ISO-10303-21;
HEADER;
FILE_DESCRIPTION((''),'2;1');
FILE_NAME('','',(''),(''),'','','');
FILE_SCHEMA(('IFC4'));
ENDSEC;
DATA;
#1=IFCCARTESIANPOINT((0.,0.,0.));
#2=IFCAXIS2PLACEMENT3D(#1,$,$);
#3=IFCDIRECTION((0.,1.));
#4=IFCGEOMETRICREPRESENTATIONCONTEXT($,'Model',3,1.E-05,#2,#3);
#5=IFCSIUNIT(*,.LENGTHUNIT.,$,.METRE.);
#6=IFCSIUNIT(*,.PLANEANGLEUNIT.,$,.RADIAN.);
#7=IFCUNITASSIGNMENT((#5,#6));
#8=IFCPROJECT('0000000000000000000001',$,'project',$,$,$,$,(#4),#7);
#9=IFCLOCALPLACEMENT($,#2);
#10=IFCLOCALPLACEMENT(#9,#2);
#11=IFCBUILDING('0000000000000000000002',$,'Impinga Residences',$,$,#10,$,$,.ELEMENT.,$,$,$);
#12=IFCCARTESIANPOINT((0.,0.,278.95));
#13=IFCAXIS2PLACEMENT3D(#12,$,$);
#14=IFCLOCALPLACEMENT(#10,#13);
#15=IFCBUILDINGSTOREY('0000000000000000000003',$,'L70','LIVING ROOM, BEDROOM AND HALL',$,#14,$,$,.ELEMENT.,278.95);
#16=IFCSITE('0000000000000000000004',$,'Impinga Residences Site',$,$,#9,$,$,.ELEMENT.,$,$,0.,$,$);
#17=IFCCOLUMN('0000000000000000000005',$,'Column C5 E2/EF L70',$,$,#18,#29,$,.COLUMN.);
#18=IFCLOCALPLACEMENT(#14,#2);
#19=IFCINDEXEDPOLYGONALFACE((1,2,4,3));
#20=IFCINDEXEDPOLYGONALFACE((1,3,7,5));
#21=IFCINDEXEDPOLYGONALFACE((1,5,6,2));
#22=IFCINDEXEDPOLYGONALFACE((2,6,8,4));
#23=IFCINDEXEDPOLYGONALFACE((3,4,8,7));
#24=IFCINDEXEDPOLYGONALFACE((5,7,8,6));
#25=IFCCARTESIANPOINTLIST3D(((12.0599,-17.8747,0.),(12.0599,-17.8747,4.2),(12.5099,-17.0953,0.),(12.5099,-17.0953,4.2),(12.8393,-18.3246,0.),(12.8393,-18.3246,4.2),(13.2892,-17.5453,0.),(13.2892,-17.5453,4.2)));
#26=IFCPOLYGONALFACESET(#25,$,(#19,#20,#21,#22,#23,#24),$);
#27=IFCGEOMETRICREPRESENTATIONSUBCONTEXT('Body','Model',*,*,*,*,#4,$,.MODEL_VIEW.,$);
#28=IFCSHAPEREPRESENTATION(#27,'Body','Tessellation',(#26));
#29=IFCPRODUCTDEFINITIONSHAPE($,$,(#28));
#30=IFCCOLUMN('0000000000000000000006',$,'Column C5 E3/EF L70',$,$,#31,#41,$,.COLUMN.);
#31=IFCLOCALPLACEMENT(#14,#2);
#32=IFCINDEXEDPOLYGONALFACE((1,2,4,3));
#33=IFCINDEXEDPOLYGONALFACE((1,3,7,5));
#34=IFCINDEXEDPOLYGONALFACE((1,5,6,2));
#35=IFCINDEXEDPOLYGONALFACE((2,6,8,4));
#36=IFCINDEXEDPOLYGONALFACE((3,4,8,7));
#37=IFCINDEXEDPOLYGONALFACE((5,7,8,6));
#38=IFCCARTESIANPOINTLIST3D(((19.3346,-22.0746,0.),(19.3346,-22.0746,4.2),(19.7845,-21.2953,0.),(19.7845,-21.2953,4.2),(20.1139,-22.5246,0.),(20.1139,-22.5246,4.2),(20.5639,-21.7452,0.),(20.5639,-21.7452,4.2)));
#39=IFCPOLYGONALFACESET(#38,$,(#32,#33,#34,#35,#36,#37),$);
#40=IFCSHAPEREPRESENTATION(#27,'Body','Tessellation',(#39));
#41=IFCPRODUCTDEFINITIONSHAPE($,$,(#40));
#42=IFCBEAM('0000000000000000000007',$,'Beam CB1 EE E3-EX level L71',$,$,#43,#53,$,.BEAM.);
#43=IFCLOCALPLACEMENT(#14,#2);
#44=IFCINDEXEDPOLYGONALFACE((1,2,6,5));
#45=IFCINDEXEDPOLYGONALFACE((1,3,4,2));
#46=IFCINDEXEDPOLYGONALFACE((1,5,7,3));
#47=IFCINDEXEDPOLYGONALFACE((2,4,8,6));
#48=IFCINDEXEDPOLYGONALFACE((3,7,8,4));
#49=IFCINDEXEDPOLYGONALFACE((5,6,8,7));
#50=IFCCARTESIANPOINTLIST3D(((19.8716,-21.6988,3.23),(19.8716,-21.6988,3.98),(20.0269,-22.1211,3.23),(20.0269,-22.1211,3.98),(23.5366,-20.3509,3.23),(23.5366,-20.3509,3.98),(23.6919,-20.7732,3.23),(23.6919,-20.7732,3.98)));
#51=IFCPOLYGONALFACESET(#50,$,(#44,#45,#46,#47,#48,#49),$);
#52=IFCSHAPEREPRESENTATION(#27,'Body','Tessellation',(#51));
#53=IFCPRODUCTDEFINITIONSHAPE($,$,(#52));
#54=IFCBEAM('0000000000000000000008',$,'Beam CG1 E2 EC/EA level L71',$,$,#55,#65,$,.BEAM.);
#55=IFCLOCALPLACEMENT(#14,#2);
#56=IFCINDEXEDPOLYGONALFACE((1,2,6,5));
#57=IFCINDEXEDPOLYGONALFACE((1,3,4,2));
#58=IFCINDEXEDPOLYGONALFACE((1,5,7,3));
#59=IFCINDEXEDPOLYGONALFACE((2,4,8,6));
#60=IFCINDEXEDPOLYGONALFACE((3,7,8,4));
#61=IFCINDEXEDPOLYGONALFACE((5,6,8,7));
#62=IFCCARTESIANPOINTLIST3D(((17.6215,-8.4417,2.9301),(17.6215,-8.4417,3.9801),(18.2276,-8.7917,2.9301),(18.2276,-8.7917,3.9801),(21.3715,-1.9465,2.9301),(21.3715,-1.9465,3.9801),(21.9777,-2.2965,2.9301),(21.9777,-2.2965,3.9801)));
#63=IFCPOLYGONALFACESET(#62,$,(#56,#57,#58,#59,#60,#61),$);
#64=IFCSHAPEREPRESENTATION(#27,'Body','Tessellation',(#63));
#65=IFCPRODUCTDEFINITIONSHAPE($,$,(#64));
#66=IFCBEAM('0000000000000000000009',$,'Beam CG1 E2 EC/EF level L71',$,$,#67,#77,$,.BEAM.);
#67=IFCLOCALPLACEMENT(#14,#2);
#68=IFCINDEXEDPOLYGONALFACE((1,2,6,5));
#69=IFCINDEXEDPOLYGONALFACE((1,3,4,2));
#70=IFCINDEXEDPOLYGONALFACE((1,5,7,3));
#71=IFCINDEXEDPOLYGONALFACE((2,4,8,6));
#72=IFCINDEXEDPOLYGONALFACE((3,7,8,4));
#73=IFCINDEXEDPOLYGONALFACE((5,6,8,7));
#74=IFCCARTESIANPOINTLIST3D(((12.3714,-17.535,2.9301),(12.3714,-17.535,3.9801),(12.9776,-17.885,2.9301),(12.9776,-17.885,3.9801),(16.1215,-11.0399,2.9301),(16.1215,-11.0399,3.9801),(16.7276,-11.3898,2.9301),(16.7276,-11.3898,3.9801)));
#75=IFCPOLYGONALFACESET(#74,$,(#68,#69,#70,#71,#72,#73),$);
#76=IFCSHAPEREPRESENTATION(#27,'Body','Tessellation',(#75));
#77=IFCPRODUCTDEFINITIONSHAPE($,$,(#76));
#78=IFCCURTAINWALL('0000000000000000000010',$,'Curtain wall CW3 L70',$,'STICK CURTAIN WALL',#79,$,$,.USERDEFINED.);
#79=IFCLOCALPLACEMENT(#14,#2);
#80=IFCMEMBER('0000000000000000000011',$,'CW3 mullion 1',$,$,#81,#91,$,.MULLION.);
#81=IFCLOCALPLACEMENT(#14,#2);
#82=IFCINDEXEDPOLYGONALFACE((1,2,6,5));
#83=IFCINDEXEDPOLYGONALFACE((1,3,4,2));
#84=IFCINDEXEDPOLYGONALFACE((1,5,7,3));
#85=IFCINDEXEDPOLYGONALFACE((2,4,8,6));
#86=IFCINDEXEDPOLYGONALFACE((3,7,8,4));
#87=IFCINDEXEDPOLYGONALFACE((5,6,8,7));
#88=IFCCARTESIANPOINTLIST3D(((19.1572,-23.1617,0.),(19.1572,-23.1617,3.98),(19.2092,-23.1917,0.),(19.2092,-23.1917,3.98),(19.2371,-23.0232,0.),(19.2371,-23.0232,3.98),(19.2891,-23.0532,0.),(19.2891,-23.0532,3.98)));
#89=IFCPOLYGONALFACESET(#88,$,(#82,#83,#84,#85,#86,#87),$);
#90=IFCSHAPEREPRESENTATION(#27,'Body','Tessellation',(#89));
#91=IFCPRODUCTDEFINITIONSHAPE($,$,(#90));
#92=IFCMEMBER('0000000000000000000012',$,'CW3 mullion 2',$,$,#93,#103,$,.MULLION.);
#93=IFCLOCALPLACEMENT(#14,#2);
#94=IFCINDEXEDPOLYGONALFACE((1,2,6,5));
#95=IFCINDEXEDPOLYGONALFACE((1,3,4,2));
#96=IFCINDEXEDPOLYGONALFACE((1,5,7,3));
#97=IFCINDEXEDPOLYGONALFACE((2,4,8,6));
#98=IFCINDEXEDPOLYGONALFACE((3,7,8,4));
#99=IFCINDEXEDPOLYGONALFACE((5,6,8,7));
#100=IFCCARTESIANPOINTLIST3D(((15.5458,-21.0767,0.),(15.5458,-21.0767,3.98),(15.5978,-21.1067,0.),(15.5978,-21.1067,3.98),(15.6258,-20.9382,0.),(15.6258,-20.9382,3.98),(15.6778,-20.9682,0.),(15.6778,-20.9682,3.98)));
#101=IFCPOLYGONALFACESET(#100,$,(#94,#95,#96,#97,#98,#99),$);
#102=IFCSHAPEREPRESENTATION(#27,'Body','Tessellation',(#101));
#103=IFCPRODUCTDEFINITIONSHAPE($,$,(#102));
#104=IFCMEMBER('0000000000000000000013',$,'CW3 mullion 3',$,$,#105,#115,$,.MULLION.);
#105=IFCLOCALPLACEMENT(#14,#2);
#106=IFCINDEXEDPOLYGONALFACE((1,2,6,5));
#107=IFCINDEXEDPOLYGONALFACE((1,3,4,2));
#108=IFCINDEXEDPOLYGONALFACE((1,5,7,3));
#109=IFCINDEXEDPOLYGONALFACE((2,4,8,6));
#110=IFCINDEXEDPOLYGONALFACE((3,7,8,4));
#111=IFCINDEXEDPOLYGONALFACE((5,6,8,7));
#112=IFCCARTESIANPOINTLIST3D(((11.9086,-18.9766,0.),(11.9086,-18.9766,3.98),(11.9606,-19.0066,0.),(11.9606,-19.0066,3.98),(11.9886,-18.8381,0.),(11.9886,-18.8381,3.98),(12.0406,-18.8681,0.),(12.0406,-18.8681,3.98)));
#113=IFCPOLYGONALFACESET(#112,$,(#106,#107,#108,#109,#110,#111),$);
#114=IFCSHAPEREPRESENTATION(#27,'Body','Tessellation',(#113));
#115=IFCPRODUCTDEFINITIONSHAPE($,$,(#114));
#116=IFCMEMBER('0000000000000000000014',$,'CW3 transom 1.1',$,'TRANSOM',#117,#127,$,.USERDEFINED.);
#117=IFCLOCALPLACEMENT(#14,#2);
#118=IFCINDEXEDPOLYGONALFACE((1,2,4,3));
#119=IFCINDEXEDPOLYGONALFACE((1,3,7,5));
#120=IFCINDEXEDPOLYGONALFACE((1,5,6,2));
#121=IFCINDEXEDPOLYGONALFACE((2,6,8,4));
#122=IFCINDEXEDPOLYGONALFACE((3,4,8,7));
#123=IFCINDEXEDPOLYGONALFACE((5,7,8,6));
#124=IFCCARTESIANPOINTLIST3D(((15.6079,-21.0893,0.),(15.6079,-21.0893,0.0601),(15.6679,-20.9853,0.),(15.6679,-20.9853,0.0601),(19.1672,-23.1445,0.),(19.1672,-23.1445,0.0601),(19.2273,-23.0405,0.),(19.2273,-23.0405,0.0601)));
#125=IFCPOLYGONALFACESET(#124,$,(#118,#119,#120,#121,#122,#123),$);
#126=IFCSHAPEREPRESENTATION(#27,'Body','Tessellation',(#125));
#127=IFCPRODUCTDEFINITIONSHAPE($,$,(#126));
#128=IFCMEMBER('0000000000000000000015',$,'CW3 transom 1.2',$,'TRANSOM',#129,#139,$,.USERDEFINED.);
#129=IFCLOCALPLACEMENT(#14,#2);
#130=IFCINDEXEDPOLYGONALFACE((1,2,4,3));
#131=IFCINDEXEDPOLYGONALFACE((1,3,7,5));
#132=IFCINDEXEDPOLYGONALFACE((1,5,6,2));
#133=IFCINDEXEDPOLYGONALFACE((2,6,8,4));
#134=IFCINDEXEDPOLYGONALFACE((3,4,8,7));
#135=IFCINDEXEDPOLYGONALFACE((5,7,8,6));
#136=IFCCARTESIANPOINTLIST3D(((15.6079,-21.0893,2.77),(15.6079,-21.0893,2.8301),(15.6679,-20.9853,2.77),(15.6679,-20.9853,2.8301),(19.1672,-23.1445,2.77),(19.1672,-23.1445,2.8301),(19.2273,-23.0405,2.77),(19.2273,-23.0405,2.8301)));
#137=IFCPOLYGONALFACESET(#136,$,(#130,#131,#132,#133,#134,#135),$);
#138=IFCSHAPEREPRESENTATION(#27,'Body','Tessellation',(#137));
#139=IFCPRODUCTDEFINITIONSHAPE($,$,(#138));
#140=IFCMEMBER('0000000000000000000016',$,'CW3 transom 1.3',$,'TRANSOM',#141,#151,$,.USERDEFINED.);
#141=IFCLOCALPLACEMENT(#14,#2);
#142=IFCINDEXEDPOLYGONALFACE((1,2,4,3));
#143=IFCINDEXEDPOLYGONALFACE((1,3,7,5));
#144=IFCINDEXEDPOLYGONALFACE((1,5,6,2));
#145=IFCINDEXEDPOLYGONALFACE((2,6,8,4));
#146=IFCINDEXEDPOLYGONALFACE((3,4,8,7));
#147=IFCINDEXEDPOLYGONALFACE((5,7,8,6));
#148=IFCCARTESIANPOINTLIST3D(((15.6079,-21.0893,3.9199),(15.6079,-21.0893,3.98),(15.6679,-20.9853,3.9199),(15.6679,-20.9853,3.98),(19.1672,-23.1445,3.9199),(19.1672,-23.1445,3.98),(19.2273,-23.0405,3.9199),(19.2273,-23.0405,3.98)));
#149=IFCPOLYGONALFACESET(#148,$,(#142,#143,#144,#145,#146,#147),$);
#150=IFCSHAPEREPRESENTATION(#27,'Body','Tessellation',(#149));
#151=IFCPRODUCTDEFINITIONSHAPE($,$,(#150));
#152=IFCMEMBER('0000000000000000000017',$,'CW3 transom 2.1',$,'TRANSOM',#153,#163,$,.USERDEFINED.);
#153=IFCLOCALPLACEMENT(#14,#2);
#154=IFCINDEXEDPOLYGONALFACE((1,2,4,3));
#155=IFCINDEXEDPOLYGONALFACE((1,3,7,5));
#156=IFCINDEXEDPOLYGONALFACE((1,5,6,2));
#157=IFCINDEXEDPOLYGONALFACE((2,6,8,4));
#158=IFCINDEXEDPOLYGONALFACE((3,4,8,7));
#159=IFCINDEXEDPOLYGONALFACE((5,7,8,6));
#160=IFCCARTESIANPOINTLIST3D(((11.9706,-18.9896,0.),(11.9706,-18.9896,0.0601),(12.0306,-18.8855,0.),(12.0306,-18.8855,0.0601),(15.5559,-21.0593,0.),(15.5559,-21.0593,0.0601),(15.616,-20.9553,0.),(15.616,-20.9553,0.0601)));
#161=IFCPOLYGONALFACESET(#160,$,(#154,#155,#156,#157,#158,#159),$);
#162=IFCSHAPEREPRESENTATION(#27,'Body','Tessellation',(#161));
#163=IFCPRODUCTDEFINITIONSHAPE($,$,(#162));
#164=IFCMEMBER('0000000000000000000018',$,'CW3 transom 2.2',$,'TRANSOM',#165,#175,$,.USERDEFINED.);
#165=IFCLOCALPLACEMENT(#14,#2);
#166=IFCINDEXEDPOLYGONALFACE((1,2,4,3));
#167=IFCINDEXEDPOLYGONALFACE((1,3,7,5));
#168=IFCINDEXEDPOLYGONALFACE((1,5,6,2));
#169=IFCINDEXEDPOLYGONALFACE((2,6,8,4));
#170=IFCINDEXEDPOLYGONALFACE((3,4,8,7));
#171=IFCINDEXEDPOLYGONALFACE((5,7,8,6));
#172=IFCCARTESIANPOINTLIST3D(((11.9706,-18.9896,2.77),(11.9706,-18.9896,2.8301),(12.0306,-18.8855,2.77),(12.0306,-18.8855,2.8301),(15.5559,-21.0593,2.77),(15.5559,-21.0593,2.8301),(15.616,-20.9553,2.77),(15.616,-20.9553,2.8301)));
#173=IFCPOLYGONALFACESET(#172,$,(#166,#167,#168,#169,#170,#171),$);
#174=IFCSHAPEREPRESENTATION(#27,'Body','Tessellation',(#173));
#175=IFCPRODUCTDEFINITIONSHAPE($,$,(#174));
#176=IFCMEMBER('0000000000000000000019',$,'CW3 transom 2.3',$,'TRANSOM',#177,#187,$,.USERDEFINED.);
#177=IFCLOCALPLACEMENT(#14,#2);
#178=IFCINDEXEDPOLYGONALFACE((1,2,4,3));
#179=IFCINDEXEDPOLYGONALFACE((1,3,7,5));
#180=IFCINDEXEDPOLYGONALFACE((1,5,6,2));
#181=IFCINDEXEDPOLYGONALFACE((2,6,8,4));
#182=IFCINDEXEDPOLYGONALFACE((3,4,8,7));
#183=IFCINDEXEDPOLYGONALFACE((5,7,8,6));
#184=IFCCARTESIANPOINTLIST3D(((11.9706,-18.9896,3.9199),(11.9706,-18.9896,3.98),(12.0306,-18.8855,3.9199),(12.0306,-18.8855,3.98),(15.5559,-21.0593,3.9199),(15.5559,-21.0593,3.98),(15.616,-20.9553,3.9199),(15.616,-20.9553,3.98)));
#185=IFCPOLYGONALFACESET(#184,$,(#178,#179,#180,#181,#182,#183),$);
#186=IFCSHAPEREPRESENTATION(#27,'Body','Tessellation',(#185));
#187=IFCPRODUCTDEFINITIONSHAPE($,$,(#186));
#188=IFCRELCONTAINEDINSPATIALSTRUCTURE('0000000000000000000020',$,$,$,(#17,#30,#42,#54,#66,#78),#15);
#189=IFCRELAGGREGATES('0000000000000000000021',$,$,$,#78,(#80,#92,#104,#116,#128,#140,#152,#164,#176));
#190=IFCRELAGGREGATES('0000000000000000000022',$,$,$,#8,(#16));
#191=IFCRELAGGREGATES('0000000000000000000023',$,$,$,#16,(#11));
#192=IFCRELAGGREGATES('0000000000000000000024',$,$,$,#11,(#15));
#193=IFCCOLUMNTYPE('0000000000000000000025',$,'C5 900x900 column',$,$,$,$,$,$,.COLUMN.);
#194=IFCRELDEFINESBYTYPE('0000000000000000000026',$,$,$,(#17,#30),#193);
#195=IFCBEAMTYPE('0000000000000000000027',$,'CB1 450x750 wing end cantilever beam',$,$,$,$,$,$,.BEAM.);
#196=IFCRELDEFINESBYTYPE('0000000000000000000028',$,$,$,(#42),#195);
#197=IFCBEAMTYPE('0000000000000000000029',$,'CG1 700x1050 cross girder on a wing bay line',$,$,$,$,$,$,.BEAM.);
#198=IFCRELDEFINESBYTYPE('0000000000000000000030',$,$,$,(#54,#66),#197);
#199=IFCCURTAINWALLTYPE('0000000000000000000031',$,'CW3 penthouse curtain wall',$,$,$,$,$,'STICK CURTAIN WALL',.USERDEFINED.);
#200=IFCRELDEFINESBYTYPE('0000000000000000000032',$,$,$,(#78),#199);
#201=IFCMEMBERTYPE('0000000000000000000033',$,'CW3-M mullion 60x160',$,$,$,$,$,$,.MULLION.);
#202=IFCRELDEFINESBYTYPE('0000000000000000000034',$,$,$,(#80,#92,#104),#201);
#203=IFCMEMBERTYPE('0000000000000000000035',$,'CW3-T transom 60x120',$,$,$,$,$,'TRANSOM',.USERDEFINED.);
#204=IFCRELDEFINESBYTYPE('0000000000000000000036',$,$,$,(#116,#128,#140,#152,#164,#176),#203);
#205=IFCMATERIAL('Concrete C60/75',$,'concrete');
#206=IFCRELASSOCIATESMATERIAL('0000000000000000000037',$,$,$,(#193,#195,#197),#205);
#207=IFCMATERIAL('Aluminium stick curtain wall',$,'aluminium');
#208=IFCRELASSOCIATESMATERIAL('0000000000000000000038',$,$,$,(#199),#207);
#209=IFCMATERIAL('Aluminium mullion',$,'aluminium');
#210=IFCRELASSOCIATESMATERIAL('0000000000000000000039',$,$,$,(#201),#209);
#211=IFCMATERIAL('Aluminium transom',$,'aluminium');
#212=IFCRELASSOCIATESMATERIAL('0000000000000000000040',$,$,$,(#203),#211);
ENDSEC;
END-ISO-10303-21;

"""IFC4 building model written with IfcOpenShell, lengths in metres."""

from ifc_helpers import new_model, si_unit, direction, frame, origin, origin_2d, place, context, subcontext, project, spatial, rectangle, extrude, material, material_profile, profile_set, type_object, element, aggregate, save


model = new_model("IFC4")

# Units and contexts
model_context = context("Model", 3, precision=1e-05, world=origin(), true_north=direction((0.0, 1.0)))
body_context = subcontext(model_context, "Body", "Model", "MODEL_VIEW")
ifc_project = project(units=[si_unit("LENGTHUNIT", "METRE"), si_unit("PLANEANGLEUNIT", "RADIAN")], contexts=[model_context])

# Site, building, storey
site_placement = place(None, origin())
site = spatial("IfcSite", under=ifc_project, at=site_placement, Name="Impinga Residences Site", CompositionType="ELEMENT", RefElevation=0.0)
building_placement = place(site_placement, origin())
building = spatial("IfcBuilding", under=site, at=building_placement, Name="Impinga Residences", CompositionType="ELEMENT")
storey_placement = place(building_placement, frame((0.0, 0.0, 278.95)))
storey = spatial("IfcBuildingStorey", under=building, at=storey_placement, Name="L70", Description="LIVING ROOM, BEDROOM AND HALL", CompositionType="ELEMENT", Elevation=278.95)

# Columns
ifc_material_1 = material(Name="Concrete C60/75", Category="concrete")
ifc_material_profile_1 = material_profile(ifc_material_1, rectangle(XDim=0.8999, YDim=0.8999, at=origin_2d()), Name="RC 900x900")
ifc_profile_set_1 = profile_set([ifc_material_profile_1], Name="Concrete C60/75")
column_type = type_object("IfcColumnType", Name="C5 900x900 column", PredefinedType="COLUMN", material=ifc_profile_set_1)
for number, where, z_axis, x_axis, name in (
    (1, (12.6746, -17.71, 0.0), (0.0, 0.0, 1.0), (-0.5, -0.866025, 0.0), "Column C5 E2/EF L70"),
    (2, (19.9492, -21.9099, 0.0), (0.0, 0.0, 1.0), (-0.5, -0.866025, 0.0), "Column C5 E3/EF L70"),
):
    element("IfcColumn", number, at=place(storey_placement, frame(where, z_axis=z_axis, x_axis=x_axis)), inside=storey, type_object=column_type, Name=name, PredefinedType="COLUMN", context=body_context, shape_type="SweptSolid", body=[
        extrude(rectangle(XDim=0.8999, YDim=0.8999, at=origin_2d()), origin(), (0.0, 0.0, 1.0), 4.2),
    ])

# Beams
ifc_material_profile_2 = material_profile(ifc_material_1, rectangle(XDim=0.45, YDim=0.75, at=origin_2d()), Name="RC 450x750")
ifc_profile_set_2 = profile_set([ifc_material_profile_2], Name="Concrete C60/75")
beam_type_1 = type_object("IfcBeamType", Name="CB1 450x750 wing end cantilever beam", PredefinedType="BEAM", material=ifc_profile_set_2)
beam_1_placement = place(storey_placement, frame((19.9492, -21.9099, 3.605), z_axis=(0.93854, 0.345169, 0.0), x_axis=(-0.345169, 0.93854, 0.0)))
element("IfcBeam", 3, at=beam_1_placement, inside=storey, type_object=beam_type_1, Name="Beam CB1 EE E3-EX level L71", PredefinedType="BEAM", context=body_context, shape_type="SweptSolid", body=[
    extrude(rectangle(XDim=0.45, YDim=0.75, at=origin_2d()), origin(), (0.0, 0.0, 1.0), 3.905),
])
ifc_material_profile_3 = material_profile(ifc_material_1, rectangle(XDim=0.7, YDim=1.05, at=origin_2d()), Name="RC 700x1050")
ifc_profile_set_3 = profile_set([ifc_material_profile_3], Name="Concrete C60/75")
beam_type_2 = type_object("IfcBeamType", Name="CG1 700x1050 cross girder on a wing bay line", PredefinedType="BEAM", material=ifc_profile_set_3)
for number, where, z_axis, x_axis, name in (
    (4, (17.9246, -8.6167, 3.4551), (0.500004, 0.866023, 0.0), (-0.866023, 0.500004, 0.0), "Beam CG1 E2 EC/EA level L71"),
    (5, (16.4246, -11.2148, 3.4551), (-0.500004, -0.866023, 0.0), (0.866023, -0.500004, 0.0), "Beam CG1 E2 EC/EF level L71"),
):
    element("IfcBeam", number, at=place(storey_placement, frame(where, z_axis=z_axis, x_axis=x_axis)), inside=storey, type_object=beam_type_2, Name=name, PredefinedType="BEAM", context=body_context, shape_type="SweptSolid", body=[
        extrude(rectangle(XDim=0.7, YDim=1.05, at=origin_2d()), origin(), (0.0, 0.0, 1.0), 7.5),
    ])

# Curtain wall, members
ifc_material_2 = material(Name="Aluminium stick curtain wall", Category="aluminium")
curtain_wall_type = type_object("IfcCurtainWallType", Name="CW3 penthouse curtain wall", ElementType="STICK CURTAIN WALL", PredefinedType="USERDEFINED", material=ifc_material_2)
curtain_wall_placement = place(storey_placement, origin())
curtain_wall = element("IfcCurtainWall", 6, at=curtain_wall_placement, inside=storey, type_object=curtain_wall_type, Name="Curtain wall CW3 L70", ObjectType="STICK CURTAIN WALL", PredefinedType="USERDEFINED")
ifc_material_3 = material(Name="Aluminium mullion", Category="aluminium")
ifc_material_profile_4 = material_profile(ifc_material_3, rectangle(XDim=0.0601, YDim=0.1599, at=origin_2d()), Name="60x160 mullion")
ifc_profile_set_4 = profile_set([ifc_material_profile_4], Name="Aluminium mullion")
member_type_1 = type_object("IfcMemberType", Name="CW3-M mullion 60x160", PredefinedType="MULLION", material=ifc_profile_set_4)
member_1_placement = place(storey_placement, frame((19.2231, -23.1074, 0.0), z_axis=(0.0, 0.0, 1.0), x_axis=(-0.866025, 0.5, 0.0)))
member_1 = element("IfcMember", 7, at=member_1_placement, type_object=member_type_1, Name="CW3 mullion 1", PredefinedType="MULLION", context=body_context, shape_type="SweptSolid", body=[
    extrude(rectangle(XDim=0.0601, YDim=0.1599, at=origin_2d()), origin(), (0.0, 0.0, 1.0), 3.98),
])
member_2_placement = place(storey_placement, frame((15.6118, -21.0225, 0.0), z_axis=(0.0, 0.0, 1.0), x_axis=(-0.866025, 0.5, 0.0)))
member_2 = element("IfcMember", 8, at=member_2_placement, type_object=member_type_1, Name="CW3 mullion 2", PredefinedType="MULLION", context=body_context, shape_type="SweptSolid", body=[
    extrude(rectangle(XDim=0.0601, YDim=0.1599, at=origin_2d()), origin(), (0.0, 0.0, 1.0), 3.98),
])
member_3_placement = place(storey_placement, frame((11.9746, -18.9224, 0.0), z_axis=(0.0, 0.0, 1.0), x_axis=(-0.866025, 0.5, 0.0)))
member_3 = element("IfcMember", 9, at=member_3_placement, type_object=member_type_1, Name="CW3 mullion 3", PredefinedType="MULLION", context=body_context, shape_type="SweptSolid", body=[
    extrude(rectangle(XDim=0.0601, YDim=0.1599, at=origin_2d()), origin(), (0.0, 0.0, 1.0), 3.98),
])
ifc_material_4 = material(Name="Aluminium transom", Category="aluminium")
ifc_material_profile_5 = material_profile(ifc_material_4, rectangle(XDim=0.0601, YDim=0.1201, at=origin_2d()), Name="60x120 transom")
ifc_profile_set_5 = profile_set([ifc_material_profile_5], Name="Aluminium transom")
member_type_2 = type_object("IfcMemberType", Name="CW3-T transom 60x120", ElementType="TRANSOM", PredefinedType="USERDEFINED", material=ifc_profile_set_5)
member_4_placement = place(storey_placement, frame((19.1973, -23.0925, 0.03), z_axis=(-0.866005, 0.500036, 0.0), x_axis=(0.0, 0.0, 1.0)))
member_4 = element("IfcMember", 10, at=member_4_placement, type_object=member_type_2, Name="CW3 transom 1.1", ObjectType="TRANSOM", PredefinedType="USERDEFINED", context=body_context, shape_type="SweptSolid", body=[
    extrude(rectangle(XDim=0.0601, YDim=0.1201, at=origin_2d()), origin(), (0.0, 0.0, 1.0), 4.1101),
])
member_5_placement = place(storey_placement, frame((19.1973, -23.0925, 2.8), z_axis=(-0.866005, 0.500036, 0.0), x_axis=(0.0, 0.0, 1.0)))
member_5 = element("IfcMember", 11, at=member_5_placement, type_object=member_type_2, Name="CW3 transom 1.2", ObjectType="TRANSOM", PredefinedType="USERDEFINED", context=body_context, shape_type="SweptSolid", body=[
    extrude(rectangle(XDim=0.0601, YDim=0.1201, at=origin_2d()), origin(), (0.0, 0.0, 1.0), 4.1101),
])
member_6_placement = place(storey_placement, frame((19.1973, -23.0925, 3.95), z_axis=(-0.866005, 0.500036, 0.0), x_axis=(0.0, 0.0, 1.0)))
member_6 = element("IfcMember", 12, at=member_6_placement, type_object=member_type_2, Name="CW3 transom 1.3", ObjectType="TRANSOM", PredefinedType="USERDEFINED", context=body_context, shape_type="SweptSolid", body=[
    extrude(rectangle(XDim=0.0601, YDim=0.1201, at=origin_2d()), origin(), (0.0, 0.0, 1.0), 4.1101),
])
member_7_placement = place(storey_placement, frame((15.5859, -21.0073, 0.03), z_axis=(-0.86605, 0.499957, 0.0), x_axis=(0.0, 0.0, 1.0)))
member_7 = element("IfcMember", 13, at=member_7_placement, type_object=member_type_2, Name="CW3 transom 2.1", ObjectType="TRANSOM", PredefinedType="USERDEFINED", context=body_context, shape_type="SweptSolid", body=[
    extrude(rectangle(XDim=0.0601, YDim=0.1201, at=origin_2d()), origin(), (0.0, 0.0, 1.0), 4.1399),
])
member_8_placement = place(storey_placement, frame((15.5859, -21.0073, 2.8), z_axis=(-0.86605, 0.499957, 0.0), x_axis=(0.0, 0.0, 1.0)))
member_8 = element("IfcMember", 14, at=member_8_placement, type_object=member_type_2, Name="CW3 transom 2.2", ObjectType="TRANSOM", PredefinedType="USERDEFINED", context=body_context, shape_type="SweptSolid", body=[
    extrude(rectangle(XDim=0.0601, YDim=0.1201, at=origin_2d()), origin(), (0.0, 0.0, 1.0), 4.1399),
])
member_9_placement = place(storey_placement, frame((15.5859, -21.0073, 3.95), z_axis=(-0.86605, 0.499957, 0.0), x_axis=(0.0, 0.0, 1.0)))
member_9 = element("IfcMember", 15, at=member_9_placement, type_object=member_type_2, Name="CW3 transom 2.3", ObjectType="TRANSOM", PredefinedType="USERDEFINED", context=body_context, shape_type="SweptSolid", body=[
    extrude(rectangle(XDim=0.0601, YDim=0.1201, at=origin_2d()), origin(), (0.0, 0.0, 1.0), 4.1399),
])

aggregate(curtain_wall, [member_1, member_2, member_3, member_4, member_5, member_6, member_7, member_8, member_9])

save(model, "model.ifc")
